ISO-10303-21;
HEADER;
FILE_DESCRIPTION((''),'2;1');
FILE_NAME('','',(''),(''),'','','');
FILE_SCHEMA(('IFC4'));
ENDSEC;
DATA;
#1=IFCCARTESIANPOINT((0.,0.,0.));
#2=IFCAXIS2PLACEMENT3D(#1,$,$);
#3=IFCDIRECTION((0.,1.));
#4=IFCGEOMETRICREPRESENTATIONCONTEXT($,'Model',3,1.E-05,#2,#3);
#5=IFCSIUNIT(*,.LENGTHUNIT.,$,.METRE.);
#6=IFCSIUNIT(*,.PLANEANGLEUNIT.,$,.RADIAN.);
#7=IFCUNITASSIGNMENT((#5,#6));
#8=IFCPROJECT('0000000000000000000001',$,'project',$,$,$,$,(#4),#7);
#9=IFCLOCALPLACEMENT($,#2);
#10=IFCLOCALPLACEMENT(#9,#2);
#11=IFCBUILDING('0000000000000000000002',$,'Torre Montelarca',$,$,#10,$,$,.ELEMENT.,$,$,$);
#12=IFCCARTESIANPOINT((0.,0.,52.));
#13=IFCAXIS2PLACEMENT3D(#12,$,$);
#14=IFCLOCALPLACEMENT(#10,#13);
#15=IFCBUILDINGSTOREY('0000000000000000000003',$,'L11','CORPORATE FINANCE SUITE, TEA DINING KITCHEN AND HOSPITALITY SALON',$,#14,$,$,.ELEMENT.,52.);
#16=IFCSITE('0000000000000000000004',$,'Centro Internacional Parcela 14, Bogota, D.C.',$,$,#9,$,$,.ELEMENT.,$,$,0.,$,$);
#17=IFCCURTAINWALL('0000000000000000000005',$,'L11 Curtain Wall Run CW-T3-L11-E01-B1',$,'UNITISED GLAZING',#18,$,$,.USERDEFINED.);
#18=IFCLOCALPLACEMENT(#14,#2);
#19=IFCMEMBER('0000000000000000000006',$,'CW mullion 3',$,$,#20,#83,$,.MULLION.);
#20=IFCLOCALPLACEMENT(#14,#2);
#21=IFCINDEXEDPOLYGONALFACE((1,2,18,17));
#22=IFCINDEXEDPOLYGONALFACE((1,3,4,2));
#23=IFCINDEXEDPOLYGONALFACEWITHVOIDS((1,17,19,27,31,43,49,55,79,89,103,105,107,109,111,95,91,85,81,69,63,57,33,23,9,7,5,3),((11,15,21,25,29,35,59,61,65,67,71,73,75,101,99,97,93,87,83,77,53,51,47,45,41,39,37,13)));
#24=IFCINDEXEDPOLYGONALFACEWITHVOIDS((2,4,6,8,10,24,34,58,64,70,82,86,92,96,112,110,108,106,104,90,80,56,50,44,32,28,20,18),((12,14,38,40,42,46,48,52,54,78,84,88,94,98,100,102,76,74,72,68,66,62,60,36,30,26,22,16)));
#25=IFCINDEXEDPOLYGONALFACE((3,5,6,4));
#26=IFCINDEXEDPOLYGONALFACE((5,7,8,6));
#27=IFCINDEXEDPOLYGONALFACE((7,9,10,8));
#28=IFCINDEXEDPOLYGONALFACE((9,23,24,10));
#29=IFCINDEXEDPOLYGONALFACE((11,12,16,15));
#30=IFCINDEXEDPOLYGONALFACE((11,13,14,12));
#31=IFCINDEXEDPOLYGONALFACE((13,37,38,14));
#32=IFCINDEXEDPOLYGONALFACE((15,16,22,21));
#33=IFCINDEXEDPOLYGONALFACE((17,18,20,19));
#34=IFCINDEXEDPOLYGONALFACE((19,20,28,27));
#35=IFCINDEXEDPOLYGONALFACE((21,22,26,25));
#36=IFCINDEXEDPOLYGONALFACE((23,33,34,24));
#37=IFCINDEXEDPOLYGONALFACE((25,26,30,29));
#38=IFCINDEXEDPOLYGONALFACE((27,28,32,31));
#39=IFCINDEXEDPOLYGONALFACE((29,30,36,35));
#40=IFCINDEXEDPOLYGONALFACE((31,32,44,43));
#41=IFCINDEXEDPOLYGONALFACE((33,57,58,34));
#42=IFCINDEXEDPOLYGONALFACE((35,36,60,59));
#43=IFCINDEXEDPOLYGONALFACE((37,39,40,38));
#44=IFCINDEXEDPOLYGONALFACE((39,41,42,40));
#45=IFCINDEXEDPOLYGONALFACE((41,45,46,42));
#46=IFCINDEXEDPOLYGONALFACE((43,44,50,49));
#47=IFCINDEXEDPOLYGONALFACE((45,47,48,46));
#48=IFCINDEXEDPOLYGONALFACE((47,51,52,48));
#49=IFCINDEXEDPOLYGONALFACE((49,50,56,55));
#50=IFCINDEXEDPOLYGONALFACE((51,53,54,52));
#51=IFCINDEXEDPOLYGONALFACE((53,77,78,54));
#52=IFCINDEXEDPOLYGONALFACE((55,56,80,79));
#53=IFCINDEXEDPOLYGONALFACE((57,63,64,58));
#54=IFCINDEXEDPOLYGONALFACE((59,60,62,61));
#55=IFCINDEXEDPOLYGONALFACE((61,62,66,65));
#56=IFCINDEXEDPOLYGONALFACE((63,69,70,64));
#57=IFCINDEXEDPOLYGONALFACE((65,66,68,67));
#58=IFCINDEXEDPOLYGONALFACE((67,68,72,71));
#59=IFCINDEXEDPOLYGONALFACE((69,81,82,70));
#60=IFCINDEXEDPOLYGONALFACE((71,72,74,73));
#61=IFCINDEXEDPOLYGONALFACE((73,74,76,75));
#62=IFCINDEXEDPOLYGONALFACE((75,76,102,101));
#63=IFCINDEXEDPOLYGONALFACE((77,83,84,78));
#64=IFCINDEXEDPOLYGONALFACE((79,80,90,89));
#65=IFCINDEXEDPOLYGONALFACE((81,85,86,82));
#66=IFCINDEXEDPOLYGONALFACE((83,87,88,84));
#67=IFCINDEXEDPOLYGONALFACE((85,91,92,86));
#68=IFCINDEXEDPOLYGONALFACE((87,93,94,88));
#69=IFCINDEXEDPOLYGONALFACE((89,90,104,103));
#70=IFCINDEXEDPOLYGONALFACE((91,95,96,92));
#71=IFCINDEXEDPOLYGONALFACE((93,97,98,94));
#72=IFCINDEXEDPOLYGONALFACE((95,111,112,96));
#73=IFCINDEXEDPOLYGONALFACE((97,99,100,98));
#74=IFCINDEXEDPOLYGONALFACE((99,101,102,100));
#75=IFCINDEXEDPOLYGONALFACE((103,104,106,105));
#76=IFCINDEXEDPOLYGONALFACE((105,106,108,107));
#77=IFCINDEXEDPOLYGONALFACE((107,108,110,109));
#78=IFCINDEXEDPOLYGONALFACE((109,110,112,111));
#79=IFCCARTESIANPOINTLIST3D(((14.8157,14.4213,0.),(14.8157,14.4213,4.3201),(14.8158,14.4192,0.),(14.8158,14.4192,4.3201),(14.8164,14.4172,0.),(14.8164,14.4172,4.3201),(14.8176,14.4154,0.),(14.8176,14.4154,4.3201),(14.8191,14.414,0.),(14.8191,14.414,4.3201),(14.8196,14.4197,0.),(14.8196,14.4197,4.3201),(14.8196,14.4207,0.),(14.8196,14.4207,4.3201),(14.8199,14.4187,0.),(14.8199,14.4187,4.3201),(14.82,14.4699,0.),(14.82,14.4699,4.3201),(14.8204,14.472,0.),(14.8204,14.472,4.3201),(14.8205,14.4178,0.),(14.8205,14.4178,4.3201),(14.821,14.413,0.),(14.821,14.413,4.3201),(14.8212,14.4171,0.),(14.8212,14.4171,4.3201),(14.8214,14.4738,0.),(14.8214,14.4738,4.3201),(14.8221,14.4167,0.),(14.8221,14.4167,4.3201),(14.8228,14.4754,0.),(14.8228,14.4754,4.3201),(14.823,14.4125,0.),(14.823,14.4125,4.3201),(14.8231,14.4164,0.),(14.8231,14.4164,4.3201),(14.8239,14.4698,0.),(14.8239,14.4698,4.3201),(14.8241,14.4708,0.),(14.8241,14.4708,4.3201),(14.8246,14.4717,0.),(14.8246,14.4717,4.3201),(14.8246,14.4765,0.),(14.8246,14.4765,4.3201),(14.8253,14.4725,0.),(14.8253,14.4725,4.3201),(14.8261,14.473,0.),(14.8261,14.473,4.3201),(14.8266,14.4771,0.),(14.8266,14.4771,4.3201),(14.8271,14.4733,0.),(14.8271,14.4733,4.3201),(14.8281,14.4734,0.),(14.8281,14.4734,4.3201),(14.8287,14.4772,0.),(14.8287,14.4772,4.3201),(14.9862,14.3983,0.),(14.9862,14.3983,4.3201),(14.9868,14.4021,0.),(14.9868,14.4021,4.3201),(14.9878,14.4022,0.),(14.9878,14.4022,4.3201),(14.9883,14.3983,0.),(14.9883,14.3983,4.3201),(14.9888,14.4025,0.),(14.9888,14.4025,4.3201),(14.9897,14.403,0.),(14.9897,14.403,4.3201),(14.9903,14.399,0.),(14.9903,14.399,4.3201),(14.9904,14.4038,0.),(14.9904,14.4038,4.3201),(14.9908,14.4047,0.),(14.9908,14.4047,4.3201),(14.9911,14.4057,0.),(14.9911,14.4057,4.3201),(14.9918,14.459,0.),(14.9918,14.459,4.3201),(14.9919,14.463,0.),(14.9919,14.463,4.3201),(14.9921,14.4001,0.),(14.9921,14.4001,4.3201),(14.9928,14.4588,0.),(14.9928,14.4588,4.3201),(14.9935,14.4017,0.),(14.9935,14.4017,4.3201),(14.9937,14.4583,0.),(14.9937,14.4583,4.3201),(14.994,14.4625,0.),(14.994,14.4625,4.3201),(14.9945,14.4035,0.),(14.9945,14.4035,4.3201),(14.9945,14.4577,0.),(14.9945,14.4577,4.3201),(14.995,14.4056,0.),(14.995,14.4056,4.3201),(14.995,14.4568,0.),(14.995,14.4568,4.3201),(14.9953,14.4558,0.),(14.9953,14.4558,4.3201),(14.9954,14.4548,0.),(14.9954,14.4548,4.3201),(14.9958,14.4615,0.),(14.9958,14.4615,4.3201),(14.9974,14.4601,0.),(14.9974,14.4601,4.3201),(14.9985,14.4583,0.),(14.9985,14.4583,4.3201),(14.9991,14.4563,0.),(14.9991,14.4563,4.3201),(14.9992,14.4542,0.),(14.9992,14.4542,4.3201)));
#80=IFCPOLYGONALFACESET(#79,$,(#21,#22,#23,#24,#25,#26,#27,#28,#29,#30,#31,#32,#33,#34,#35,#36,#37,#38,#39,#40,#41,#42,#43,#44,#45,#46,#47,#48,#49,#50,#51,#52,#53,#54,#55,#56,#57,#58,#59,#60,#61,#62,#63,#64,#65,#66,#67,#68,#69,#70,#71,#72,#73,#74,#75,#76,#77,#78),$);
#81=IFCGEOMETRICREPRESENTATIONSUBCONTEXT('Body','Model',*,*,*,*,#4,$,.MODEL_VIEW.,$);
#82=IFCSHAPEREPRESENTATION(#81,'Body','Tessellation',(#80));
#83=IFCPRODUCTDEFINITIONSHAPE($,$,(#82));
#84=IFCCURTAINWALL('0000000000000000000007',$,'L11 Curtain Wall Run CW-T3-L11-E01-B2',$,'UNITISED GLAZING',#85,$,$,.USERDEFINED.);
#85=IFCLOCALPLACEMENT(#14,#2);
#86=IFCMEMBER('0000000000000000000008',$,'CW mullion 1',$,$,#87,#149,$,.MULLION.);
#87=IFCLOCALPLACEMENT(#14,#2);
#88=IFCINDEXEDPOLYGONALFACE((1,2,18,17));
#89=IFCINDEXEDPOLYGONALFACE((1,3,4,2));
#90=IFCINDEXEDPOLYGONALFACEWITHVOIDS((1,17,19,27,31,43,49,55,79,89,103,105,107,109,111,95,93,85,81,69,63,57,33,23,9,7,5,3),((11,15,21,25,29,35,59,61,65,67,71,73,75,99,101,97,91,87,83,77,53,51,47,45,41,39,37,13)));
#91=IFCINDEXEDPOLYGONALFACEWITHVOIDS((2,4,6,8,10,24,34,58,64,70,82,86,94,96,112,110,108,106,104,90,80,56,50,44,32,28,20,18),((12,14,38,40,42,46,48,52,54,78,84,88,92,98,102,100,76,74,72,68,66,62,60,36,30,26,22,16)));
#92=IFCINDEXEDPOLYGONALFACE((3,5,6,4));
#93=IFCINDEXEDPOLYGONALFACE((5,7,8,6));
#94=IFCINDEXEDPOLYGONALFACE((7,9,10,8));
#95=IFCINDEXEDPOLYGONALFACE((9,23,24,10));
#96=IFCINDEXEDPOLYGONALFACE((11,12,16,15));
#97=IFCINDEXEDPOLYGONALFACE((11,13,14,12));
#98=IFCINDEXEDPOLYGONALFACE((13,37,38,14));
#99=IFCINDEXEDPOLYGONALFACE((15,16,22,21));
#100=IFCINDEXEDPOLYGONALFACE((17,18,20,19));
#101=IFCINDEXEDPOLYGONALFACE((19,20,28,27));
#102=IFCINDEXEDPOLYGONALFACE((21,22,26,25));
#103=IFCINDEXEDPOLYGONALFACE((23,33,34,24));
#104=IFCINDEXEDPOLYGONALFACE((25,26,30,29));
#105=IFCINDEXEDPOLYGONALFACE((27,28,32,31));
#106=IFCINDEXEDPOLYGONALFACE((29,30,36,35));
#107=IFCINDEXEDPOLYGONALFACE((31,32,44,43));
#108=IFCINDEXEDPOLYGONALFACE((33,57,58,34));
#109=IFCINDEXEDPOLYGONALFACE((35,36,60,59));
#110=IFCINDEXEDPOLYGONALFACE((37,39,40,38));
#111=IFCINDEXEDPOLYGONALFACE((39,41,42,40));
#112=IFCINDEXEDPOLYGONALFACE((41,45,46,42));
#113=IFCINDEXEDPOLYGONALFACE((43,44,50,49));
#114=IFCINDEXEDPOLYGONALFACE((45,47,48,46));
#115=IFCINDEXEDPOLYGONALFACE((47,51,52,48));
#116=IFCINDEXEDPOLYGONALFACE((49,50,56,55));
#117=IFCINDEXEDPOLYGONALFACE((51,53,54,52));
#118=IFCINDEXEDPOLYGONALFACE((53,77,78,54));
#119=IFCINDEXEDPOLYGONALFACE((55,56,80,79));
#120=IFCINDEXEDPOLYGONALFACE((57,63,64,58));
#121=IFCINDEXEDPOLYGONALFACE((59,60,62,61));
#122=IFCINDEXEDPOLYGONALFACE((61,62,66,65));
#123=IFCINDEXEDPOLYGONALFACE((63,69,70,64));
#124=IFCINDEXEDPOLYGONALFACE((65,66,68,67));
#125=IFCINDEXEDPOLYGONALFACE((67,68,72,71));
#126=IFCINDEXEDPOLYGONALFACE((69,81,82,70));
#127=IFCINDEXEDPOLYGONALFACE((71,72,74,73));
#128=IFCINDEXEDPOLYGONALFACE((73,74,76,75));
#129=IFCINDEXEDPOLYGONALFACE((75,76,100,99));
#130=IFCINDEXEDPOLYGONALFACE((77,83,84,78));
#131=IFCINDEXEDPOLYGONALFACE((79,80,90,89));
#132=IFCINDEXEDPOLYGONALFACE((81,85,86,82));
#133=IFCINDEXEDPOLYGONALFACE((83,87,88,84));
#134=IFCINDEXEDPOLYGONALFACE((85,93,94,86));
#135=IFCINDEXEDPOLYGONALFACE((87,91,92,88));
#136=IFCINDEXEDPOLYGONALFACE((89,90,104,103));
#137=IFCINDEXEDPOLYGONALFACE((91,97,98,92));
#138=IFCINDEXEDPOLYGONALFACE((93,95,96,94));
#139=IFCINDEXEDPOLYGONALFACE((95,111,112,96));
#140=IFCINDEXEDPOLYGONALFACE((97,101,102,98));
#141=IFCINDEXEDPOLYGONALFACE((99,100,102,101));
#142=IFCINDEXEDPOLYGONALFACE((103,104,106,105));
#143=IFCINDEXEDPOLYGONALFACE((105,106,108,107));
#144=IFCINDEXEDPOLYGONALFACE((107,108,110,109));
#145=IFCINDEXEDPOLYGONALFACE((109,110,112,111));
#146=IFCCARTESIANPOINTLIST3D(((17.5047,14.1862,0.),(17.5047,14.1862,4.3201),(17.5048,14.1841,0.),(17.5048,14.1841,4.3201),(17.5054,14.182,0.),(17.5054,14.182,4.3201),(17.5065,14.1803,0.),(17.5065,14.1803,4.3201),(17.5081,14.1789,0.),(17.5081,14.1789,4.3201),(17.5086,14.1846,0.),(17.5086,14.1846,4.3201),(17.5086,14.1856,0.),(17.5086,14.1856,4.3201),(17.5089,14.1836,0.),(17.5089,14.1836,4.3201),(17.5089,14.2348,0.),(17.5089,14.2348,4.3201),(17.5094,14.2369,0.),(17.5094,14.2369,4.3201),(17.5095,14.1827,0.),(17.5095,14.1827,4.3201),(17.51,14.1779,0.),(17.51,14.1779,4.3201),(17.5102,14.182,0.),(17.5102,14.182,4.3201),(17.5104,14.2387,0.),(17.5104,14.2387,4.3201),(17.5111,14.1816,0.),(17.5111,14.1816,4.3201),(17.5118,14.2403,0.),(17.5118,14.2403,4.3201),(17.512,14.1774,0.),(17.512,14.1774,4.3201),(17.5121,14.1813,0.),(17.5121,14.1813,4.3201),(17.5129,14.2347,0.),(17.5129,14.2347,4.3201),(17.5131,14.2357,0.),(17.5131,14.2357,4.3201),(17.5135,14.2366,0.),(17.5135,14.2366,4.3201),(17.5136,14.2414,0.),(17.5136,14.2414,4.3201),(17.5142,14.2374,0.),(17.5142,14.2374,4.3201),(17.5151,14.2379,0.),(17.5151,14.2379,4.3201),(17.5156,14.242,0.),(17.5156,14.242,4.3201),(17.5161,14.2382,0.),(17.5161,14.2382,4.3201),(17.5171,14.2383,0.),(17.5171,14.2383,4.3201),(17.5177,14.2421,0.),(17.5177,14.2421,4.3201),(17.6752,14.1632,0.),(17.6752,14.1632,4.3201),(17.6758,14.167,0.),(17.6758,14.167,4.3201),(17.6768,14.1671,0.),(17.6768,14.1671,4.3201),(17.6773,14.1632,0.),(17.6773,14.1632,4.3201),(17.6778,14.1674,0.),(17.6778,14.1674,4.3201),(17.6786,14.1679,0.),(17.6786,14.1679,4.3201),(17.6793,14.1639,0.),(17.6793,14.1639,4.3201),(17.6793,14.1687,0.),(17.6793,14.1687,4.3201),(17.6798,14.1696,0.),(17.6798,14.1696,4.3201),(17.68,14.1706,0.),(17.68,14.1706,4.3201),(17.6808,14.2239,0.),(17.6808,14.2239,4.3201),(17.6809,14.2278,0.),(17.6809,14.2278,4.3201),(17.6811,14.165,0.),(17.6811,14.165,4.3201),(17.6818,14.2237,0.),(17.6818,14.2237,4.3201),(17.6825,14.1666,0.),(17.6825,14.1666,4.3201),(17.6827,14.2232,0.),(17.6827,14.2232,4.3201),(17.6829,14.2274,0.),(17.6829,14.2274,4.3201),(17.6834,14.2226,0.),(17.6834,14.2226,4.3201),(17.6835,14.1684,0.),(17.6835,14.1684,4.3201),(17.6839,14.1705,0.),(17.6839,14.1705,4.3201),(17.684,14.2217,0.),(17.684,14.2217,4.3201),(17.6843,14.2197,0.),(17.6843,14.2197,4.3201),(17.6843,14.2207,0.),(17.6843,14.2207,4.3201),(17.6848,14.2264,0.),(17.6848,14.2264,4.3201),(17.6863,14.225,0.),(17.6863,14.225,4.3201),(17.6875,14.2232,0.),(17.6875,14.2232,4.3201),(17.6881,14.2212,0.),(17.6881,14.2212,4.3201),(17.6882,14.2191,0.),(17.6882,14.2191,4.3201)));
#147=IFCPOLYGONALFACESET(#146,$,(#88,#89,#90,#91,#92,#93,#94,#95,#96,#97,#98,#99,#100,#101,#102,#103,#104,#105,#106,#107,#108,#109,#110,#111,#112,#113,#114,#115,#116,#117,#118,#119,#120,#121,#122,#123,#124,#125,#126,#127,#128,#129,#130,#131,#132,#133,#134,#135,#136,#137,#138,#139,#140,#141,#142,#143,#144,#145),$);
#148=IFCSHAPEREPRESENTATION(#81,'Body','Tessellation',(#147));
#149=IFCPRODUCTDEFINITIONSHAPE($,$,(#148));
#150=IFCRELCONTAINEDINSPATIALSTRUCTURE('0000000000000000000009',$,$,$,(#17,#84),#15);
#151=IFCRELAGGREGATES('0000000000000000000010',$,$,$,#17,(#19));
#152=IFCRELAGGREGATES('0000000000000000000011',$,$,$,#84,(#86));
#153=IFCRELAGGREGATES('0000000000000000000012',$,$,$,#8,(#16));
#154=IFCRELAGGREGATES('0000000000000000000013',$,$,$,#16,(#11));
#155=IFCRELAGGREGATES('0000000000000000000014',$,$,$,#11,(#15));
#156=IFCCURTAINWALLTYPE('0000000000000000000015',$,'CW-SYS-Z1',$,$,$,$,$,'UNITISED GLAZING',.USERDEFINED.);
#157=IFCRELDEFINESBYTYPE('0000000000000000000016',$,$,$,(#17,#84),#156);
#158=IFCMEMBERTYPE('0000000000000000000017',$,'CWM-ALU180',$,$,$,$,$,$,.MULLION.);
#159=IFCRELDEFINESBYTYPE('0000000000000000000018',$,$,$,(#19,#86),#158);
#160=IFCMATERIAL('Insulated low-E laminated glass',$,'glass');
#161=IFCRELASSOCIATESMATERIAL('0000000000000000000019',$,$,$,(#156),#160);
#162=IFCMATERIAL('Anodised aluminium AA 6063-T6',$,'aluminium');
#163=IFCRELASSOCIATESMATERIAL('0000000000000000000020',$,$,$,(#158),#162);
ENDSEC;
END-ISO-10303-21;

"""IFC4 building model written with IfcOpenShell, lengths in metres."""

from ifc_helpers import new_model, si_unit, direction, frame, origin, origin_2d, place, context, subcontext, project, spatial, hollow_rectangle, extrude, source, transform, mapped, material, material_profile, profile_set, type_object, element, aggregate, save


model = new_model("IFC4")

# Units and contexts
model_context = context("Model", 3, precision=1e-05, world=origin(), true_north=direction((0.0, 1.0)))
body_context = subcontext(model_context, "Body", "Model", "MODEL_VIEW")
ifc_project = project(units=[si_unit("LENGTHUNIT", "METRE"), si_unit("PLANEANGLEUNIT", "RADIAN")], contexts=[model_context])

# Site, building, storey
site_placement = place(None, origin())
site = spatial("IfcSite", under=ifc_project, at=site_placement, Name="Centro Internacional Parcela 14, Bogota, D.C.", CompositionType="ELEMENT", RefElevation=0.0)
building_placement = place(site_placement, origin())
building = spatial("IfcBuilding", under=site, at=building_placement, Name="Torre Montelarca", CompositionType="ELEMENT")
storey_placement = place(building_placement, frame((0.0, 0.0, 52.0)))
storey = spatial("IfcBuildingStorey", under=building, at=storey_placement, Name="L11", Description="CORPORATE FINANCE SUITE, TEA DINING KITCHEN AND HOSPITALITY SALON", CompositionType="ELEMENT", Elevation=52.0)

# Curtain walls, members
ifc_material_1 = material(Name="Insulated low-E laminated glass", Category="glass")
curtain_wall_type = type_object("IfcCurtainWallType", Name="CW-SYS-Z1", ElementType="UNITISED GLAZING", PredefinedType="USERDEFINED", material=ifc_material_1)
curtain_wall_1_placement = place(storey_placement, origin())
curtain_wall_1 = element("IfcCurtainWall", 1, at=curtain_wall_1_placement, inside=storey, type_object=curtain_wall_type, Name="L11 Curtain Wall Run CW-T3-L11-E01-B1", ObjectType="UNITISED GLAZING", PredefinedType="USERDEFINED")
ifc_material_2 = material(Name="Anodised aluminium AA 6063-T6", Category="aluminium")
ifc_material_profile_1 = material_profile(ifc_material_2, hollow_rectangle(XDim=0.0649, YDim=0.1799, WallThickness=0.0039, InnerFilletRadius=0.0039, OuterFilletRadius=0.0081, at=origin_2d()), Name="ALU65X180X4", Category="aluminium")
ifc_profile_set_1 = profile_set([ifc_material_profile_1], Name="Anodised aluminium AA 6063-T6")
member_type_1 = type_object("IfcMemberType", Name="CWM-ALU180", PredefinedType="MULLION", material=ifc_profile_set_1)
shared_shape_1 = source(origin(), body_context, "Body", "SweptSolid", [
    extrude(hollow_rectangle(XDim=0.0649, YDim=0.1799, WallThickness=0.0039, InnerFilletRadius=0.0039, OuterFilletRadius=0.0081, at=origin_2d()), origin(), (0.0, 0.0, 1.0), 4.3201),
])
member_1_placement = place(storey_placement, frame((14.9075, 14.4377, 0.0), z_axis=(0.0, 0.0, 1.0), x_axis=(0.087156, 0.996195, 0.0)))
member_1 = element("IfcMember", 2, at=member_1_placement, type_object=member_type_1, Name="CW mullion 3", PredefinedType="MULLION", context=body_context, shape_type="MappedRepresentation", body=[
    mapped(shared_shape_1, transform((0.0, 0.0, 0.0), scale=1.0)),
])
curtain_wall_2_placement = place(storey_placement, origin())
curtain_wall_2 = element("IfcCurtainWall", 3, at=curtain_wall_2_placement, inside=storey, type_object=curtain_wall_type, Name="L11 Curtain Wall Run CW-T3-L11-E01-B2", ObjectType="UNITISED GLAZING", PredefinedType="USERDEFINED")
member_2_placement = place(storey_placement, frame((17.5964, 14.2026, 0.0), z_axis=(0.0, 0.0, 1.0), x_axis=(0.087159, 0.996194, 0.0)))
member_2 = element("IfcMember", 4, at=member_2_placement, type_object=member_type_1, Name="CW mullion 1", PredefinedType="MULLION", context=body_context, shape_type="MappedRepresentation", body=[
    mapped(shared_shape_1, transform((0.0, 0.0, 0.0), scale=1.0)),
])

aggregate(curtain_wall_1, [member_1])
aggregate(curtain_wall_2, [member_2])

save(model, "model.ifc")
